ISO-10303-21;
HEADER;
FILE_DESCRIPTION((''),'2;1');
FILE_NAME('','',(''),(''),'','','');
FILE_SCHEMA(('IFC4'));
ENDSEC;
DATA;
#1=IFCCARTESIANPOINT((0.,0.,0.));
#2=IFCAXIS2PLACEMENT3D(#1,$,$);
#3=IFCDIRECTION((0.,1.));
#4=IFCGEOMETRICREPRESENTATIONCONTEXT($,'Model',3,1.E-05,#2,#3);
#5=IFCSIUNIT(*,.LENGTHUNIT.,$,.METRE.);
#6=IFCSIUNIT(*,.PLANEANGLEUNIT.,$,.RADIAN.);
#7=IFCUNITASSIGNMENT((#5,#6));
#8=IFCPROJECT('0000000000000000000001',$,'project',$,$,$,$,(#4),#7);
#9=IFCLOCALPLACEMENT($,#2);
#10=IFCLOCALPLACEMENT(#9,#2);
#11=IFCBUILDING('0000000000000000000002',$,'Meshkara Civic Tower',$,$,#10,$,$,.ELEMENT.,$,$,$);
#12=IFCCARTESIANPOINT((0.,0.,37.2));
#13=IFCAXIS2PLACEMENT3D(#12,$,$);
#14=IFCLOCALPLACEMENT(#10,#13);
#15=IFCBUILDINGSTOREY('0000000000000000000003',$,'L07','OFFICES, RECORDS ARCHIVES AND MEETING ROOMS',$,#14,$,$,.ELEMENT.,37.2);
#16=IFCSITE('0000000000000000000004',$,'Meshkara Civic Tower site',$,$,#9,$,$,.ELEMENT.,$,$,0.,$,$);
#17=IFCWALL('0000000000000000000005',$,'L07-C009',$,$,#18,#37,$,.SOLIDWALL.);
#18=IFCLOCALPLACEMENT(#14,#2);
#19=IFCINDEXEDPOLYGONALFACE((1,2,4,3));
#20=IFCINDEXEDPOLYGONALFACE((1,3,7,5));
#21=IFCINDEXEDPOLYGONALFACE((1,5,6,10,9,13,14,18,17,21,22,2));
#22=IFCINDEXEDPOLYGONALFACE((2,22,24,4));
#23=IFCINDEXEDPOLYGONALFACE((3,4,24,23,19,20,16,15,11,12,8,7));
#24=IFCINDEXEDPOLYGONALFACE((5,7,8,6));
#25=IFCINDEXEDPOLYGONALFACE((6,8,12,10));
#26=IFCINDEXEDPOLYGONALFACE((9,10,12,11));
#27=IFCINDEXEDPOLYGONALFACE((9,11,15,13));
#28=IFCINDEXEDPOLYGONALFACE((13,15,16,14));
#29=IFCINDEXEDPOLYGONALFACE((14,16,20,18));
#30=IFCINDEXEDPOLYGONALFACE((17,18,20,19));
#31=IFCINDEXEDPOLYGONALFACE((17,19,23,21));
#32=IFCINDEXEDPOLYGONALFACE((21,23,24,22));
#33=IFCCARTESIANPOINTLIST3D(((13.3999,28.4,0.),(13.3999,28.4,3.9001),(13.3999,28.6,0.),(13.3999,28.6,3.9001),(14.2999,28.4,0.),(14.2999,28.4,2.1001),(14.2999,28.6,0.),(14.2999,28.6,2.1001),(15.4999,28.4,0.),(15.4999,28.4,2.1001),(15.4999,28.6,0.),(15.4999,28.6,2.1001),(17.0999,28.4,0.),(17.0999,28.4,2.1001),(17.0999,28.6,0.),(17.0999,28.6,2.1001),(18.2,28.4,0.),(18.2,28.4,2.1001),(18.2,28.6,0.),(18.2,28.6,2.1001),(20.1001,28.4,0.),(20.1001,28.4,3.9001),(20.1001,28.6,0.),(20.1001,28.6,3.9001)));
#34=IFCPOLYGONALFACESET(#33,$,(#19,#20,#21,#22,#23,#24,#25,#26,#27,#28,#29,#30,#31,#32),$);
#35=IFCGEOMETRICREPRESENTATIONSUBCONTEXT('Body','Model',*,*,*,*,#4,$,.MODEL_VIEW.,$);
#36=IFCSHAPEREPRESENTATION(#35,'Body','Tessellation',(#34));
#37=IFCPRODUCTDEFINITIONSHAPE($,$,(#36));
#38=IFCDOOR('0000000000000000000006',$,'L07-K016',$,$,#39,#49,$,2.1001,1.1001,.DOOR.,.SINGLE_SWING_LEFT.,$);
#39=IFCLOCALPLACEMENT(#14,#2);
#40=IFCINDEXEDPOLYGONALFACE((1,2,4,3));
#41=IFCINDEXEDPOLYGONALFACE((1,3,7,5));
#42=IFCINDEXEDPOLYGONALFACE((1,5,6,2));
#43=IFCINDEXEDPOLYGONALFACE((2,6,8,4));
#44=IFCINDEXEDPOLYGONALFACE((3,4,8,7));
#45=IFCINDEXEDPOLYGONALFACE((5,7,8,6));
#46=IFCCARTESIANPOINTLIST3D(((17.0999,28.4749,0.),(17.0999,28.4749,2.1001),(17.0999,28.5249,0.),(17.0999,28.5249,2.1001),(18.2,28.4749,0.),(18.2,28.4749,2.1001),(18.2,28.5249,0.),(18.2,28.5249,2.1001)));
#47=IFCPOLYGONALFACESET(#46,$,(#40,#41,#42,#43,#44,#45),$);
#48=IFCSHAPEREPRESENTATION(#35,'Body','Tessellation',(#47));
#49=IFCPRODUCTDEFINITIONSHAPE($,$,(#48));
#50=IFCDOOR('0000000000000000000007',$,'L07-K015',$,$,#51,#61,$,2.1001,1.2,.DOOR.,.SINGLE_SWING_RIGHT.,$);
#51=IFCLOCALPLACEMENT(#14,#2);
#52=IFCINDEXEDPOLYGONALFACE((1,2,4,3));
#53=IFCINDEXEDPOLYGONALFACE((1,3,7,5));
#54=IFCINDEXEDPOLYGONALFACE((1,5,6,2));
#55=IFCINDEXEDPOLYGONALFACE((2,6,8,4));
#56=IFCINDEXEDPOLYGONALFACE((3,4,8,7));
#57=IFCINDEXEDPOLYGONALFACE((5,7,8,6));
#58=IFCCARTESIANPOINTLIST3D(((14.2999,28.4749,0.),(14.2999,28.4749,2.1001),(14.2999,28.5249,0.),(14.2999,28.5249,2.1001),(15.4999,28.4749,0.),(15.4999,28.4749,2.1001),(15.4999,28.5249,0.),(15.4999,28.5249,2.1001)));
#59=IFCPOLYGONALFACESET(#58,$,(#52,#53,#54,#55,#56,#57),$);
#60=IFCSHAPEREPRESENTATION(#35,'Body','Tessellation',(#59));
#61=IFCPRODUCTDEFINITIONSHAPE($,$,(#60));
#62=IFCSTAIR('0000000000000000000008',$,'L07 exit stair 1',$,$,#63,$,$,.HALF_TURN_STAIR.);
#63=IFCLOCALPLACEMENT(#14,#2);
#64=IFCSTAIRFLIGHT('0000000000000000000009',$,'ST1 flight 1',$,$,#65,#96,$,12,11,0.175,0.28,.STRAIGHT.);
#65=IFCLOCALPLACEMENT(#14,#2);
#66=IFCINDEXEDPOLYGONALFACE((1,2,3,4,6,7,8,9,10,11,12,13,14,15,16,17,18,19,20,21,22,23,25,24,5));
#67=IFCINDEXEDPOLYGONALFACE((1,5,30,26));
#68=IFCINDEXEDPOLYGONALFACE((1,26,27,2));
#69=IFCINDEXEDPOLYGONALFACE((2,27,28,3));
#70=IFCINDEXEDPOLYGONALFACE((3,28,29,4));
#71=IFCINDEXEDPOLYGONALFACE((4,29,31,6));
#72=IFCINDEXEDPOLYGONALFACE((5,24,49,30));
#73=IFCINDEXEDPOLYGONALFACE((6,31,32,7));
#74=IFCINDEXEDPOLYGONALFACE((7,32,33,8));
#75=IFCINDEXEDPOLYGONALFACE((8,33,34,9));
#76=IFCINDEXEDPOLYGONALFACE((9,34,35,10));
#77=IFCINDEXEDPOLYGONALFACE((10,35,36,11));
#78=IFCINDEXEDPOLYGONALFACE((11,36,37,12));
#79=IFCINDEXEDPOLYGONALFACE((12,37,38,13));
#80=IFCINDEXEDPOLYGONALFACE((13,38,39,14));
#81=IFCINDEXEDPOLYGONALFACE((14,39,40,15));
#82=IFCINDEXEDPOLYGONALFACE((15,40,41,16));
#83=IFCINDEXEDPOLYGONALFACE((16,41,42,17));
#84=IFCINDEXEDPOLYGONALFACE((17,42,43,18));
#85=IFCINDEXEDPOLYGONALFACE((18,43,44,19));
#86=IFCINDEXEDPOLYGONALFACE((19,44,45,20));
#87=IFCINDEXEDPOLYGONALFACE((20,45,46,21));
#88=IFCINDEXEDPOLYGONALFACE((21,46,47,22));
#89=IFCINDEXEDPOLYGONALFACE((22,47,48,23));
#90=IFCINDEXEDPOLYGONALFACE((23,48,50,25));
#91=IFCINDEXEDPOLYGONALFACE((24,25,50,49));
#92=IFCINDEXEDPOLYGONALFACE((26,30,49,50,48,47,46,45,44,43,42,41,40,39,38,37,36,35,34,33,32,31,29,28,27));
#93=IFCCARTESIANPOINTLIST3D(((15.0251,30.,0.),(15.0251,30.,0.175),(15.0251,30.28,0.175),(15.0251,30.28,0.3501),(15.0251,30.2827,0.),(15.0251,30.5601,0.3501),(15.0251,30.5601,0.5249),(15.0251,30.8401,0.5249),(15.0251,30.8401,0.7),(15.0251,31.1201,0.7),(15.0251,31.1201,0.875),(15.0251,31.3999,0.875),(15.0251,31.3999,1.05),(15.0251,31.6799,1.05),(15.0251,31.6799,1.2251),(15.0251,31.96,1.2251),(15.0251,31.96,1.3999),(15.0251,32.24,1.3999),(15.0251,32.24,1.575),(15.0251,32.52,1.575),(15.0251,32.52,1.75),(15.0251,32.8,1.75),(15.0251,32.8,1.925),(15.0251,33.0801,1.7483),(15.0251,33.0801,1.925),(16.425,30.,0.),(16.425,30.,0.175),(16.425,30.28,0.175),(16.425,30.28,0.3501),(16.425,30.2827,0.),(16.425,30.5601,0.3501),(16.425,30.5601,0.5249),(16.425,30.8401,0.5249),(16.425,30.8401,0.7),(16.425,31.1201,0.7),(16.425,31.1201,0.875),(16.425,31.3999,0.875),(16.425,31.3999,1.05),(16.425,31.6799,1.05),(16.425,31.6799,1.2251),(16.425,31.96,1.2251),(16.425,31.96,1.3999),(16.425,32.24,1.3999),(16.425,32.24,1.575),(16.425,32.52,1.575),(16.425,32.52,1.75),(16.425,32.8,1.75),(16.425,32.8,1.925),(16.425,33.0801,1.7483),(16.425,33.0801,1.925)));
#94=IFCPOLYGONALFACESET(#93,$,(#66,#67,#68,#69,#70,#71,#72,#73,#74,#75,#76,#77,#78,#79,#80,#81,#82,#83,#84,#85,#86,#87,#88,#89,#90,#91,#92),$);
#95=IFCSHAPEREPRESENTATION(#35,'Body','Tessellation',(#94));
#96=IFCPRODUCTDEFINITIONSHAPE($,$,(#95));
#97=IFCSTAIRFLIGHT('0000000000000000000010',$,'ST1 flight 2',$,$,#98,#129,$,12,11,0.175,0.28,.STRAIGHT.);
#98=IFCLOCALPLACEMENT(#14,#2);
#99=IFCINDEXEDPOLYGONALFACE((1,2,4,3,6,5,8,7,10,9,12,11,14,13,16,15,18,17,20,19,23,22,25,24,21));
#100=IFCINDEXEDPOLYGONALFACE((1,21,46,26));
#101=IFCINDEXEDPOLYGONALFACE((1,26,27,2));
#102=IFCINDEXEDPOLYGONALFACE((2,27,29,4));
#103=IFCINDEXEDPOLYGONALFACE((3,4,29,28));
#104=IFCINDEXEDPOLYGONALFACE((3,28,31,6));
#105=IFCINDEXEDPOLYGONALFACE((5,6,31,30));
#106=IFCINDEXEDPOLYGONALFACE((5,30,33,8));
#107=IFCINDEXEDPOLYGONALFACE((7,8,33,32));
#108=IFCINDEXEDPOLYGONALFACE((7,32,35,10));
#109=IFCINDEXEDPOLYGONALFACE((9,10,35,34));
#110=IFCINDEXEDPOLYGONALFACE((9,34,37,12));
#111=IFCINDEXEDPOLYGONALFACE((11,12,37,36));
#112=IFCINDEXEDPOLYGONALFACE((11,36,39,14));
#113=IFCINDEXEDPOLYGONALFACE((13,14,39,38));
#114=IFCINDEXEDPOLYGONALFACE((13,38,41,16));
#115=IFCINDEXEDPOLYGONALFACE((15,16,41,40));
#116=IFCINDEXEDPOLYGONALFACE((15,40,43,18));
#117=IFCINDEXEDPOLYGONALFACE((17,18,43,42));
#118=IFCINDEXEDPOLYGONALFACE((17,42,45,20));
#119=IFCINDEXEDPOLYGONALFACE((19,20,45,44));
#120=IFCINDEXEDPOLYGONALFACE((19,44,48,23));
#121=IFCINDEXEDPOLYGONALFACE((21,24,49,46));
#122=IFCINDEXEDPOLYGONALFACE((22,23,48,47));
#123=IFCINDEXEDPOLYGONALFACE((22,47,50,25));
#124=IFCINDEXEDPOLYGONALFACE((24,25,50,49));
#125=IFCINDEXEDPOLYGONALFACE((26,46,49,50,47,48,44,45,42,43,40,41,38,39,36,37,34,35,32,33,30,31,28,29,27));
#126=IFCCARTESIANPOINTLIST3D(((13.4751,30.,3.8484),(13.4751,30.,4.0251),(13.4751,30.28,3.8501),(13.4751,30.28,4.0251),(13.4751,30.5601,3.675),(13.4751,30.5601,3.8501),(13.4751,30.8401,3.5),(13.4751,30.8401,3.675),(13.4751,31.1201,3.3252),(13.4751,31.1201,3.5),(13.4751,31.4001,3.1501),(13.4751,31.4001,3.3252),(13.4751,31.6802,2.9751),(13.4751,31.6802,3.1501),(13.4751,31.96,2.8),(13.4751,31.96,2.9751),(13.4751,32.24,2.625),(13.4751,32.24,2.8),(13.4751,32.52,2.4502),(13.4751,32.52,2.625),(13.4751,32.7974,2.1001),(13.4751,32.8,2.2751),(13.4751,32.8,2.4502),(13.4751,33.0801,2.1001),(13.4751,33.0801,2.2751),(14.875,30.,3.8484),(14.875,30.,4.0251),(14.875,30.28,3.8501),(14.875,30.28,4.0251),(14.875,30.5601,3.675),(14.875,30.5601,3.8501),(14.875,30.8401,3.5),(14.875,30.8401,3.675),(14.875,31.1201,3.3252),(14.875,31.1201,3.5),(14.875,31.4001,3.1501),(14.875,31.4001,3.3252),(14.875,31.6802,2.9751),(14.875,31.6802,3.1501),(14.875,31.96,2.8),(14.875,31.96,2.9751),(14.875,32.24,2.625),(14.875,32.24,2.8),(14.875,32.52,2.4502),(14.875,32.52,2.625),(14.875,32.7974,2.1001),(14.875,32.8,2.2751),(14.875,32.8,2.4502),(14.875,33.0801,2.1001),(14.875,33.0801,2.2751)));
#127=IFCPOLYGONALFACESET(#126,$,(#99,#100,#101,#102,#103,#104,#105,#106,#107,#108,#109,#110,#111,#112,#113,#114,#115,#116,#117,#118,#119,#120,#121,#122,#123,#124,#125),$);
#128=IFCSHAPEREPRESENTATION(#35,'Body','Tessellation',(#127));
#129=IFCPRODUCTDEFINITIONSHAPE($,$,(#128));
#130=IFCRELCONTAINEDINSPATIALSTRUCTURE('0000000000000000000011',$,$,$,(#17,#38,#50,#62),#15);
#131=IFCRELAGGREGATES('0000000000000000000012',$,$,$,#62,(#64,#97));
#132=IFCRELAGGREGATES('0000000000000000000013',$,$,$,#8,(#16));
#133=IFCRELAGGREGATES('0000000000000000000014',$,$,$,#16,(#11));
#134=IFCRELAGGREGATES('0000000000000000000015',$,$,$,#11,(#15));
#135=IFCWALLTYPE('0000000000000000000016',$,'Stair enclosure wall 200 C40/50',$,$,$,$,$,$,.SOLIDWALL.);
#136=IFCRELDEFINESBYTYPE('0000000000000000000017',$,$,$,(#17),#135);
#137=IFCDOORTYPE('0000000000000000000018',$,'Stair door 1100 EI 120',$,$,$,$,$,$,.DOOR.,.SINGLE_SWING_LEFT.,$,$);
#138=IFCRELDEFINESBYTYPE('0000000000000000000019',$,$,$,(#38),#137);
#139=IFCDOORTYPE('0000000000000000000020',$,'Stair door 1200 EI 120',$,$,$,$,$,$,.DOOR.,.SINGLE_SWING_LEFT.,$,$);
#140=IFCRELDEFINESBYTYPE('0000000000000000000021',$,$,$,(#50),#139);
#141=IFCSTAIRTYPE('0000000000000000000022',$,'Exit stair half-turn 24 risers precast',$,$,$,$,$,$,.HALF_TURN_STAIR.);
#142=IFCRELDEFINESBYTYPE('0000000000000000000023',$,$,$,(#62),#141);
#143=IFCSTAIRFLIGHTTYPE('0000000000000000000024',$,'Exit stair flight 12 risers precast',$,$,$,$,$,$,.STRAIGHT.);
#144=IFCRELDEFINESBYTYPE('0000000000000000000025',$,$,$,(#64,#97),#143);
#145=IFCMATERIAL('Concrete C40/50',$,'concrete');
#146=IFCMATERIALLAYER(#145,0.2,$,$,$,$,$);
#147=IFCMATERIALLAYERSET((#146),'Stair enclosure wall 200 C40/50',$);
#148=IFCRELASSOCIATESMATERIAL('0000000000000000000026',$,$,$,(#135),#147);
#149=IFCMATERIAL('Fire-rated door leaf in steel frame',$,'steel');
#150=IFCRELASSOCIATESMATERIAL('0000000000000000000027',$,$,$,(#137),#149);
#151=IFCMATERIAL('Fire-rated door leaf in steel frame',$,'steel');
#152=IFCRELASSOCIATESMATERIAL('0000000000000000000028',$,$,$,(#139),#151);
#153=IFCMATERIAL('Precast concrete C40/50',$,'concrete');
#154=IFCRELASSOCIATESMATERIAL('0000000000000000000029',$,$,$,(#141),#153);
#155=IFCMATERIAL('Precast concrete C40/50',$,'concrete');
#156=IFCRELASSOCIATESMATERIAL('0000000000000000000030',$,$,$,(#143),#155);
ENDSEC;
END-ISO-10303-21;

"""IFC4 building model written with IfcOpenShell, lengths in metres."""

from ifc_helpers import new_model, si_unit, direction, frame, frame_2d, origin, place, context, subcontext, project, spatial, polyline, rectangle, outline, extrude, material, layer, layer_set, type_object, element, fill, aggregate, save


model = new_model("IFC4")

# Units and contexts
model_context = context("Model", 3, precision=1e-05, world=origin(), true_north=direction((0.0, 1.0)))
body_context = subcontext(model_context, "Body", "Model", "MODEL_VIEW")
ifc_project = project(units=[si_unit("LENGTHUNIT", "METRE"), si_unit("PLANEANGLEUNIT", "RADIAN")], contexts=[model_context])

# Site, building, storey
site_placement = place(None, origin())
site = spatial("IfcSite", under=ifc_project, at=site_placement, Name="Meshkara Civic Tower site", CompositionType="ELEMENT", RefElevation=0.0)
building_placement = place(site_placement, origin())
building = spatial("IfcBuilding", under=site, at=building_placement, Name="Meshkara Civic Tower", CompositionType="ELEMENT")
storey_placement = place(building_placement, frame((0.0, 0.0, 37.2)))
storey = spatial("IfcBuildingStorey", under=building, at=storey_placement, Name="L07", Description="OFFICES, RECORDS ARCHIVES AND MEETING ROOMS", CompositionType="ELEMENT", Elevation=37.2)

# Wall, openings, doors
ifc_material_1 = material(Name="Concrete C40/50", Category="concrete")
ifc_layer_1 = layer(ifc_material_1, 0.2)
ifc_layer_set_1 = layer_set([ifc_layer_1], Name="Stair enclosure wall 200 C40/50")
wall_type_1 = type_object("IfcWallType", Name="Stair enclosure wall 200 C40/50", PredefinedType="SOLIDWALL", material=ifc_layer_set_1)
wall_1_placement = place(storey_placement, frame((13.3999, 28.5, 0.0), z_axis=(0.0, 0.0, 1.0), x_axis=(1.0, 0.0, 0.0)))
wall_1 = element("IfcWall", 1, at=wall_1_placement, inside=storey, type_object=wall_type_1, Name="L07-C009", PredefinedType="SOLIDWALL", context=body_context, shape_type="SweptSolid", body=[
    extrude(rectangle(XDim=6.7002, YDim=0.2, at=frame_2d((3.3501, 0.0))), origin(), (0.0, 0.0, 1.0), 3.9001),
])
opening_1_placement = place(wall_1_placement, frame((0.8999, 0.0, 0.0)))
opening_1 = element("IfcOpeningElement", 2, at=opening_1_placement, cuts=wall_1, PredefinedType="OPENING", context=body_context, shape_type="SweptSolid", body=[
    extrude(rectangle(XDim=1.2, YDim=2.1001, at=frame_2d((0.6001, 1.05))), frame((0.0, 0.1099, 0.0), z_axis=(0.0, -1.0, 0.0), x_axis=(1.0, 0.0, 0.0)), (0.0, 0.0, 1.0), 0.22),
])
opening_2_placement = place(wall_1_placement, frame((3.7, 0.0, 0.0)))
opening_2 = element("IfcOpeningElement", 3, at=opening_2_placement, cuts=wall_1, PredefinedType="OPENING", context=body_context, shape_type="SweptSolid", body=[
    extrude(rectangle(XDim=1.1001, YDim=2.1001, at=frame_2d((0.55, 1.05))), frame((0.0, 0.1099, 0.0), z_axis=(0.0, -1.0, 0.0), x_axis=(1.0, 0.0, 0.0)), (0.0, 0.0, 1.0), 0.22),
])
ifc_material_2 = material(Name="Fire-rated door leaf in steel frame", Category="steel")
door_type_1 = type_object("IfcDoorType", Name="Stair door 1100 EI 120", OperationType="SINGLE_SWING_LEFT", PredefinedType="DOOR", material=ifc_material_2)
door_1_placement = place(opening_2_placement, origin())
door_1 = element("IfcDoor", 4, at=door_1_placement, inside=storey, type_object=door_type_1, Name="L07-K016", OperationType="SINGLE_SWING_LEFT", OverallHeight=2.1001, OverallWidth=1.1001, PredefinedType="DOOR", context=body_context, shape_type="SweptSolid", body=[
    extrude(rectangle(XDim=1.1001, YDim=2.1001, at=frame_2d((0.55, 1.05))), frame((0.0, 0.0249, 0.0), z_axis=(0.0, -1.0, 0.0), x_axis=(1.0, 0.0, 0.0)), (0.0, 0.0, 1.0), 0.05),
])
fill(opening_2, door_1)
ifc_material_3 = material(Name="Fire-rated door leaf in steel frame", Category="steel")
door_type_2 = type_object("IfcDoorType", Name="Stair door 1200 EI 120", OperationType="SINGLE_SWING_LEFT", PredefinedType="DOOR", material=ifc_material_3)
door_2_placement = place(opening_1_placement, origin())
door_2 = element("IfcDoor", 5, at=door_2_placement, inside=storey, type_object=door_type_2, Name="L07-K015", OperationType="SINGLE_SWING_RIGHT", OverallHeight=2.1001, OverallWidth=1.2, PredefinedType="DOOR", context=body_context, shape_type="SweptSolid", body=[
    extrude(rectangle(XDim=1.2, YDim=2.1001, at=frame_2d((0.6001, 1.05))), frame((0.0, 0.0249, 0.0), z_axis=(0.0, -1.0, 0.0), x_axis=(1.0, 0.0, 0.0)), (0.0, 0.0, 1.0), 0.05),
])
fill(opening_1, door_2)

# Stair, stair flights
ifc_material_4 = material(Name="Precast concrete C40/50", Category="concrete")
stair_type = type_object("IfcStairType", Name="Exit stair half-turn 24 risers precast", PredefinedType="HALF_TURN_STAIR", material=ifc_material_4)
stair_placement = place(storey_placement, origin())
stair = element("IfcStair", 6, at=stair_placement, inside=storey, type_object=stair_type, Name="L07 exit stair 1", PredefinedType="HALF_TURN_STAIR")
ifc_material_5 = material(Name="Precast concrete C40/50", Category="concrete")
stair_flight_type = type_object("IfcStairFlightType", Name="Exit stair flight 12 risers precast", PredefinedType="STRAIGHT", material=ifc_material_5)
stair_flight_1_placement = place(storey_placement, frame((15.7251, 30.0, 0.0), z_axis=(0.0, 0.0, 1.0), x_axis=(0.0, 1.0, 0.0)))
stair_flight_1 = element("IfcStairFlight", 7, at=stair_flight_1_placement, type_object=stair_flight_type, Name="ST1 flight 1", NumberOfRisers=12, NumberOfTreads=11, PredefinedType="STRAIGHT", RiserHeight=0.175, TreadLength=0.28, context=body_context, shape_type="SweptSolid", body=[
    extrude(outline(polyline([(0.0, 0.0), (0.0, 0.175), (0.28, 0.175), (0.28, 0.3501), (0.5601, 0.3501), (0.5601, 0.5249), (0.8401, 0.5249), (0.8401, 0.7), (1.1201, 0.7), (1.1201, 0.875), (1.3999, 0.875), (1.3999, 1.05), (1.6799, 1.05), (1.6799, 1.2251), (1.96, 1.2251), (1.96, 1.3999), (2.24, 1.3999), (2.24, 1.575), (2.52, 1.575), (2.52, 1.75), (2.8, 1.75), (2.8, 1.925), (3.0801, 1.925), (3.0801, 2.1001), (3.0801, 1.7483), (0.2827, 0.0), (0.0, 0.0)])), frame((0.0, 0.7, 0.0), z_axis=(0.0, -1.0, 0.0), x_axis=(1.0, 0.0, 0.0)), (0.0, 0.0, 1.0), 1.3999),
])
stair_flight_2_placement = place(storey_placement, frame((14.175, 33.0801, 2.1001), z_axis=(0.0, 0.0, 1.0), x_axis=(0.0, -1.0, 0.0)))
stair_flight_2 = element("IfcStairFlight", 8, at=stair_flight_2_placement, type_object=stair_flight_type, Name="ST1 flight 2", NumberOfRisers=12, NumberOfTreads=11, PredefinedType="STRAIGHT", RiserHeight=0.175, TreadLength=0.28, context=body_context, shape_type="SweptSolid", body=[
    extrude(outline(polyline([(0.0, 0.0), (0.0, 0.175), (0.28, 0.175), (0.28, 0.3501), (0.5601, 0.3501), (0.5601, 0.5249), (0.8401, 0.5249), (0.8401, 0.7), (1.1201, 0.7), (1.1201, 0.875), (1.3999, 0.875), (1.3999, 1.05), (1.6799, 1.05), (1.6799, 1.2251), (1.96, 1.2251), (1.96, 1.3999), (2.24, 1.3999), (2.24, 1.575), (2.52, 1.575), (2.52, 1.75), (2.8, 1.75), (2.8, 1.925), (3.0801, 1.925), (3.0801, 2.1001), (3.0801, 1.7483), (0.2827, 0.0), (0.0, 0.0)])), frame((0.0, 0.7, 0.0), z_axis=(0.0, -1.0, 0.0), x_axis=(1.0, 0.0, 0.0)), (0.0, 0.0, 1.0), 1.3999),
])
aggregate(stair, [stair_flight_1, stair_flight_2])

save(model, "model.ifc")
